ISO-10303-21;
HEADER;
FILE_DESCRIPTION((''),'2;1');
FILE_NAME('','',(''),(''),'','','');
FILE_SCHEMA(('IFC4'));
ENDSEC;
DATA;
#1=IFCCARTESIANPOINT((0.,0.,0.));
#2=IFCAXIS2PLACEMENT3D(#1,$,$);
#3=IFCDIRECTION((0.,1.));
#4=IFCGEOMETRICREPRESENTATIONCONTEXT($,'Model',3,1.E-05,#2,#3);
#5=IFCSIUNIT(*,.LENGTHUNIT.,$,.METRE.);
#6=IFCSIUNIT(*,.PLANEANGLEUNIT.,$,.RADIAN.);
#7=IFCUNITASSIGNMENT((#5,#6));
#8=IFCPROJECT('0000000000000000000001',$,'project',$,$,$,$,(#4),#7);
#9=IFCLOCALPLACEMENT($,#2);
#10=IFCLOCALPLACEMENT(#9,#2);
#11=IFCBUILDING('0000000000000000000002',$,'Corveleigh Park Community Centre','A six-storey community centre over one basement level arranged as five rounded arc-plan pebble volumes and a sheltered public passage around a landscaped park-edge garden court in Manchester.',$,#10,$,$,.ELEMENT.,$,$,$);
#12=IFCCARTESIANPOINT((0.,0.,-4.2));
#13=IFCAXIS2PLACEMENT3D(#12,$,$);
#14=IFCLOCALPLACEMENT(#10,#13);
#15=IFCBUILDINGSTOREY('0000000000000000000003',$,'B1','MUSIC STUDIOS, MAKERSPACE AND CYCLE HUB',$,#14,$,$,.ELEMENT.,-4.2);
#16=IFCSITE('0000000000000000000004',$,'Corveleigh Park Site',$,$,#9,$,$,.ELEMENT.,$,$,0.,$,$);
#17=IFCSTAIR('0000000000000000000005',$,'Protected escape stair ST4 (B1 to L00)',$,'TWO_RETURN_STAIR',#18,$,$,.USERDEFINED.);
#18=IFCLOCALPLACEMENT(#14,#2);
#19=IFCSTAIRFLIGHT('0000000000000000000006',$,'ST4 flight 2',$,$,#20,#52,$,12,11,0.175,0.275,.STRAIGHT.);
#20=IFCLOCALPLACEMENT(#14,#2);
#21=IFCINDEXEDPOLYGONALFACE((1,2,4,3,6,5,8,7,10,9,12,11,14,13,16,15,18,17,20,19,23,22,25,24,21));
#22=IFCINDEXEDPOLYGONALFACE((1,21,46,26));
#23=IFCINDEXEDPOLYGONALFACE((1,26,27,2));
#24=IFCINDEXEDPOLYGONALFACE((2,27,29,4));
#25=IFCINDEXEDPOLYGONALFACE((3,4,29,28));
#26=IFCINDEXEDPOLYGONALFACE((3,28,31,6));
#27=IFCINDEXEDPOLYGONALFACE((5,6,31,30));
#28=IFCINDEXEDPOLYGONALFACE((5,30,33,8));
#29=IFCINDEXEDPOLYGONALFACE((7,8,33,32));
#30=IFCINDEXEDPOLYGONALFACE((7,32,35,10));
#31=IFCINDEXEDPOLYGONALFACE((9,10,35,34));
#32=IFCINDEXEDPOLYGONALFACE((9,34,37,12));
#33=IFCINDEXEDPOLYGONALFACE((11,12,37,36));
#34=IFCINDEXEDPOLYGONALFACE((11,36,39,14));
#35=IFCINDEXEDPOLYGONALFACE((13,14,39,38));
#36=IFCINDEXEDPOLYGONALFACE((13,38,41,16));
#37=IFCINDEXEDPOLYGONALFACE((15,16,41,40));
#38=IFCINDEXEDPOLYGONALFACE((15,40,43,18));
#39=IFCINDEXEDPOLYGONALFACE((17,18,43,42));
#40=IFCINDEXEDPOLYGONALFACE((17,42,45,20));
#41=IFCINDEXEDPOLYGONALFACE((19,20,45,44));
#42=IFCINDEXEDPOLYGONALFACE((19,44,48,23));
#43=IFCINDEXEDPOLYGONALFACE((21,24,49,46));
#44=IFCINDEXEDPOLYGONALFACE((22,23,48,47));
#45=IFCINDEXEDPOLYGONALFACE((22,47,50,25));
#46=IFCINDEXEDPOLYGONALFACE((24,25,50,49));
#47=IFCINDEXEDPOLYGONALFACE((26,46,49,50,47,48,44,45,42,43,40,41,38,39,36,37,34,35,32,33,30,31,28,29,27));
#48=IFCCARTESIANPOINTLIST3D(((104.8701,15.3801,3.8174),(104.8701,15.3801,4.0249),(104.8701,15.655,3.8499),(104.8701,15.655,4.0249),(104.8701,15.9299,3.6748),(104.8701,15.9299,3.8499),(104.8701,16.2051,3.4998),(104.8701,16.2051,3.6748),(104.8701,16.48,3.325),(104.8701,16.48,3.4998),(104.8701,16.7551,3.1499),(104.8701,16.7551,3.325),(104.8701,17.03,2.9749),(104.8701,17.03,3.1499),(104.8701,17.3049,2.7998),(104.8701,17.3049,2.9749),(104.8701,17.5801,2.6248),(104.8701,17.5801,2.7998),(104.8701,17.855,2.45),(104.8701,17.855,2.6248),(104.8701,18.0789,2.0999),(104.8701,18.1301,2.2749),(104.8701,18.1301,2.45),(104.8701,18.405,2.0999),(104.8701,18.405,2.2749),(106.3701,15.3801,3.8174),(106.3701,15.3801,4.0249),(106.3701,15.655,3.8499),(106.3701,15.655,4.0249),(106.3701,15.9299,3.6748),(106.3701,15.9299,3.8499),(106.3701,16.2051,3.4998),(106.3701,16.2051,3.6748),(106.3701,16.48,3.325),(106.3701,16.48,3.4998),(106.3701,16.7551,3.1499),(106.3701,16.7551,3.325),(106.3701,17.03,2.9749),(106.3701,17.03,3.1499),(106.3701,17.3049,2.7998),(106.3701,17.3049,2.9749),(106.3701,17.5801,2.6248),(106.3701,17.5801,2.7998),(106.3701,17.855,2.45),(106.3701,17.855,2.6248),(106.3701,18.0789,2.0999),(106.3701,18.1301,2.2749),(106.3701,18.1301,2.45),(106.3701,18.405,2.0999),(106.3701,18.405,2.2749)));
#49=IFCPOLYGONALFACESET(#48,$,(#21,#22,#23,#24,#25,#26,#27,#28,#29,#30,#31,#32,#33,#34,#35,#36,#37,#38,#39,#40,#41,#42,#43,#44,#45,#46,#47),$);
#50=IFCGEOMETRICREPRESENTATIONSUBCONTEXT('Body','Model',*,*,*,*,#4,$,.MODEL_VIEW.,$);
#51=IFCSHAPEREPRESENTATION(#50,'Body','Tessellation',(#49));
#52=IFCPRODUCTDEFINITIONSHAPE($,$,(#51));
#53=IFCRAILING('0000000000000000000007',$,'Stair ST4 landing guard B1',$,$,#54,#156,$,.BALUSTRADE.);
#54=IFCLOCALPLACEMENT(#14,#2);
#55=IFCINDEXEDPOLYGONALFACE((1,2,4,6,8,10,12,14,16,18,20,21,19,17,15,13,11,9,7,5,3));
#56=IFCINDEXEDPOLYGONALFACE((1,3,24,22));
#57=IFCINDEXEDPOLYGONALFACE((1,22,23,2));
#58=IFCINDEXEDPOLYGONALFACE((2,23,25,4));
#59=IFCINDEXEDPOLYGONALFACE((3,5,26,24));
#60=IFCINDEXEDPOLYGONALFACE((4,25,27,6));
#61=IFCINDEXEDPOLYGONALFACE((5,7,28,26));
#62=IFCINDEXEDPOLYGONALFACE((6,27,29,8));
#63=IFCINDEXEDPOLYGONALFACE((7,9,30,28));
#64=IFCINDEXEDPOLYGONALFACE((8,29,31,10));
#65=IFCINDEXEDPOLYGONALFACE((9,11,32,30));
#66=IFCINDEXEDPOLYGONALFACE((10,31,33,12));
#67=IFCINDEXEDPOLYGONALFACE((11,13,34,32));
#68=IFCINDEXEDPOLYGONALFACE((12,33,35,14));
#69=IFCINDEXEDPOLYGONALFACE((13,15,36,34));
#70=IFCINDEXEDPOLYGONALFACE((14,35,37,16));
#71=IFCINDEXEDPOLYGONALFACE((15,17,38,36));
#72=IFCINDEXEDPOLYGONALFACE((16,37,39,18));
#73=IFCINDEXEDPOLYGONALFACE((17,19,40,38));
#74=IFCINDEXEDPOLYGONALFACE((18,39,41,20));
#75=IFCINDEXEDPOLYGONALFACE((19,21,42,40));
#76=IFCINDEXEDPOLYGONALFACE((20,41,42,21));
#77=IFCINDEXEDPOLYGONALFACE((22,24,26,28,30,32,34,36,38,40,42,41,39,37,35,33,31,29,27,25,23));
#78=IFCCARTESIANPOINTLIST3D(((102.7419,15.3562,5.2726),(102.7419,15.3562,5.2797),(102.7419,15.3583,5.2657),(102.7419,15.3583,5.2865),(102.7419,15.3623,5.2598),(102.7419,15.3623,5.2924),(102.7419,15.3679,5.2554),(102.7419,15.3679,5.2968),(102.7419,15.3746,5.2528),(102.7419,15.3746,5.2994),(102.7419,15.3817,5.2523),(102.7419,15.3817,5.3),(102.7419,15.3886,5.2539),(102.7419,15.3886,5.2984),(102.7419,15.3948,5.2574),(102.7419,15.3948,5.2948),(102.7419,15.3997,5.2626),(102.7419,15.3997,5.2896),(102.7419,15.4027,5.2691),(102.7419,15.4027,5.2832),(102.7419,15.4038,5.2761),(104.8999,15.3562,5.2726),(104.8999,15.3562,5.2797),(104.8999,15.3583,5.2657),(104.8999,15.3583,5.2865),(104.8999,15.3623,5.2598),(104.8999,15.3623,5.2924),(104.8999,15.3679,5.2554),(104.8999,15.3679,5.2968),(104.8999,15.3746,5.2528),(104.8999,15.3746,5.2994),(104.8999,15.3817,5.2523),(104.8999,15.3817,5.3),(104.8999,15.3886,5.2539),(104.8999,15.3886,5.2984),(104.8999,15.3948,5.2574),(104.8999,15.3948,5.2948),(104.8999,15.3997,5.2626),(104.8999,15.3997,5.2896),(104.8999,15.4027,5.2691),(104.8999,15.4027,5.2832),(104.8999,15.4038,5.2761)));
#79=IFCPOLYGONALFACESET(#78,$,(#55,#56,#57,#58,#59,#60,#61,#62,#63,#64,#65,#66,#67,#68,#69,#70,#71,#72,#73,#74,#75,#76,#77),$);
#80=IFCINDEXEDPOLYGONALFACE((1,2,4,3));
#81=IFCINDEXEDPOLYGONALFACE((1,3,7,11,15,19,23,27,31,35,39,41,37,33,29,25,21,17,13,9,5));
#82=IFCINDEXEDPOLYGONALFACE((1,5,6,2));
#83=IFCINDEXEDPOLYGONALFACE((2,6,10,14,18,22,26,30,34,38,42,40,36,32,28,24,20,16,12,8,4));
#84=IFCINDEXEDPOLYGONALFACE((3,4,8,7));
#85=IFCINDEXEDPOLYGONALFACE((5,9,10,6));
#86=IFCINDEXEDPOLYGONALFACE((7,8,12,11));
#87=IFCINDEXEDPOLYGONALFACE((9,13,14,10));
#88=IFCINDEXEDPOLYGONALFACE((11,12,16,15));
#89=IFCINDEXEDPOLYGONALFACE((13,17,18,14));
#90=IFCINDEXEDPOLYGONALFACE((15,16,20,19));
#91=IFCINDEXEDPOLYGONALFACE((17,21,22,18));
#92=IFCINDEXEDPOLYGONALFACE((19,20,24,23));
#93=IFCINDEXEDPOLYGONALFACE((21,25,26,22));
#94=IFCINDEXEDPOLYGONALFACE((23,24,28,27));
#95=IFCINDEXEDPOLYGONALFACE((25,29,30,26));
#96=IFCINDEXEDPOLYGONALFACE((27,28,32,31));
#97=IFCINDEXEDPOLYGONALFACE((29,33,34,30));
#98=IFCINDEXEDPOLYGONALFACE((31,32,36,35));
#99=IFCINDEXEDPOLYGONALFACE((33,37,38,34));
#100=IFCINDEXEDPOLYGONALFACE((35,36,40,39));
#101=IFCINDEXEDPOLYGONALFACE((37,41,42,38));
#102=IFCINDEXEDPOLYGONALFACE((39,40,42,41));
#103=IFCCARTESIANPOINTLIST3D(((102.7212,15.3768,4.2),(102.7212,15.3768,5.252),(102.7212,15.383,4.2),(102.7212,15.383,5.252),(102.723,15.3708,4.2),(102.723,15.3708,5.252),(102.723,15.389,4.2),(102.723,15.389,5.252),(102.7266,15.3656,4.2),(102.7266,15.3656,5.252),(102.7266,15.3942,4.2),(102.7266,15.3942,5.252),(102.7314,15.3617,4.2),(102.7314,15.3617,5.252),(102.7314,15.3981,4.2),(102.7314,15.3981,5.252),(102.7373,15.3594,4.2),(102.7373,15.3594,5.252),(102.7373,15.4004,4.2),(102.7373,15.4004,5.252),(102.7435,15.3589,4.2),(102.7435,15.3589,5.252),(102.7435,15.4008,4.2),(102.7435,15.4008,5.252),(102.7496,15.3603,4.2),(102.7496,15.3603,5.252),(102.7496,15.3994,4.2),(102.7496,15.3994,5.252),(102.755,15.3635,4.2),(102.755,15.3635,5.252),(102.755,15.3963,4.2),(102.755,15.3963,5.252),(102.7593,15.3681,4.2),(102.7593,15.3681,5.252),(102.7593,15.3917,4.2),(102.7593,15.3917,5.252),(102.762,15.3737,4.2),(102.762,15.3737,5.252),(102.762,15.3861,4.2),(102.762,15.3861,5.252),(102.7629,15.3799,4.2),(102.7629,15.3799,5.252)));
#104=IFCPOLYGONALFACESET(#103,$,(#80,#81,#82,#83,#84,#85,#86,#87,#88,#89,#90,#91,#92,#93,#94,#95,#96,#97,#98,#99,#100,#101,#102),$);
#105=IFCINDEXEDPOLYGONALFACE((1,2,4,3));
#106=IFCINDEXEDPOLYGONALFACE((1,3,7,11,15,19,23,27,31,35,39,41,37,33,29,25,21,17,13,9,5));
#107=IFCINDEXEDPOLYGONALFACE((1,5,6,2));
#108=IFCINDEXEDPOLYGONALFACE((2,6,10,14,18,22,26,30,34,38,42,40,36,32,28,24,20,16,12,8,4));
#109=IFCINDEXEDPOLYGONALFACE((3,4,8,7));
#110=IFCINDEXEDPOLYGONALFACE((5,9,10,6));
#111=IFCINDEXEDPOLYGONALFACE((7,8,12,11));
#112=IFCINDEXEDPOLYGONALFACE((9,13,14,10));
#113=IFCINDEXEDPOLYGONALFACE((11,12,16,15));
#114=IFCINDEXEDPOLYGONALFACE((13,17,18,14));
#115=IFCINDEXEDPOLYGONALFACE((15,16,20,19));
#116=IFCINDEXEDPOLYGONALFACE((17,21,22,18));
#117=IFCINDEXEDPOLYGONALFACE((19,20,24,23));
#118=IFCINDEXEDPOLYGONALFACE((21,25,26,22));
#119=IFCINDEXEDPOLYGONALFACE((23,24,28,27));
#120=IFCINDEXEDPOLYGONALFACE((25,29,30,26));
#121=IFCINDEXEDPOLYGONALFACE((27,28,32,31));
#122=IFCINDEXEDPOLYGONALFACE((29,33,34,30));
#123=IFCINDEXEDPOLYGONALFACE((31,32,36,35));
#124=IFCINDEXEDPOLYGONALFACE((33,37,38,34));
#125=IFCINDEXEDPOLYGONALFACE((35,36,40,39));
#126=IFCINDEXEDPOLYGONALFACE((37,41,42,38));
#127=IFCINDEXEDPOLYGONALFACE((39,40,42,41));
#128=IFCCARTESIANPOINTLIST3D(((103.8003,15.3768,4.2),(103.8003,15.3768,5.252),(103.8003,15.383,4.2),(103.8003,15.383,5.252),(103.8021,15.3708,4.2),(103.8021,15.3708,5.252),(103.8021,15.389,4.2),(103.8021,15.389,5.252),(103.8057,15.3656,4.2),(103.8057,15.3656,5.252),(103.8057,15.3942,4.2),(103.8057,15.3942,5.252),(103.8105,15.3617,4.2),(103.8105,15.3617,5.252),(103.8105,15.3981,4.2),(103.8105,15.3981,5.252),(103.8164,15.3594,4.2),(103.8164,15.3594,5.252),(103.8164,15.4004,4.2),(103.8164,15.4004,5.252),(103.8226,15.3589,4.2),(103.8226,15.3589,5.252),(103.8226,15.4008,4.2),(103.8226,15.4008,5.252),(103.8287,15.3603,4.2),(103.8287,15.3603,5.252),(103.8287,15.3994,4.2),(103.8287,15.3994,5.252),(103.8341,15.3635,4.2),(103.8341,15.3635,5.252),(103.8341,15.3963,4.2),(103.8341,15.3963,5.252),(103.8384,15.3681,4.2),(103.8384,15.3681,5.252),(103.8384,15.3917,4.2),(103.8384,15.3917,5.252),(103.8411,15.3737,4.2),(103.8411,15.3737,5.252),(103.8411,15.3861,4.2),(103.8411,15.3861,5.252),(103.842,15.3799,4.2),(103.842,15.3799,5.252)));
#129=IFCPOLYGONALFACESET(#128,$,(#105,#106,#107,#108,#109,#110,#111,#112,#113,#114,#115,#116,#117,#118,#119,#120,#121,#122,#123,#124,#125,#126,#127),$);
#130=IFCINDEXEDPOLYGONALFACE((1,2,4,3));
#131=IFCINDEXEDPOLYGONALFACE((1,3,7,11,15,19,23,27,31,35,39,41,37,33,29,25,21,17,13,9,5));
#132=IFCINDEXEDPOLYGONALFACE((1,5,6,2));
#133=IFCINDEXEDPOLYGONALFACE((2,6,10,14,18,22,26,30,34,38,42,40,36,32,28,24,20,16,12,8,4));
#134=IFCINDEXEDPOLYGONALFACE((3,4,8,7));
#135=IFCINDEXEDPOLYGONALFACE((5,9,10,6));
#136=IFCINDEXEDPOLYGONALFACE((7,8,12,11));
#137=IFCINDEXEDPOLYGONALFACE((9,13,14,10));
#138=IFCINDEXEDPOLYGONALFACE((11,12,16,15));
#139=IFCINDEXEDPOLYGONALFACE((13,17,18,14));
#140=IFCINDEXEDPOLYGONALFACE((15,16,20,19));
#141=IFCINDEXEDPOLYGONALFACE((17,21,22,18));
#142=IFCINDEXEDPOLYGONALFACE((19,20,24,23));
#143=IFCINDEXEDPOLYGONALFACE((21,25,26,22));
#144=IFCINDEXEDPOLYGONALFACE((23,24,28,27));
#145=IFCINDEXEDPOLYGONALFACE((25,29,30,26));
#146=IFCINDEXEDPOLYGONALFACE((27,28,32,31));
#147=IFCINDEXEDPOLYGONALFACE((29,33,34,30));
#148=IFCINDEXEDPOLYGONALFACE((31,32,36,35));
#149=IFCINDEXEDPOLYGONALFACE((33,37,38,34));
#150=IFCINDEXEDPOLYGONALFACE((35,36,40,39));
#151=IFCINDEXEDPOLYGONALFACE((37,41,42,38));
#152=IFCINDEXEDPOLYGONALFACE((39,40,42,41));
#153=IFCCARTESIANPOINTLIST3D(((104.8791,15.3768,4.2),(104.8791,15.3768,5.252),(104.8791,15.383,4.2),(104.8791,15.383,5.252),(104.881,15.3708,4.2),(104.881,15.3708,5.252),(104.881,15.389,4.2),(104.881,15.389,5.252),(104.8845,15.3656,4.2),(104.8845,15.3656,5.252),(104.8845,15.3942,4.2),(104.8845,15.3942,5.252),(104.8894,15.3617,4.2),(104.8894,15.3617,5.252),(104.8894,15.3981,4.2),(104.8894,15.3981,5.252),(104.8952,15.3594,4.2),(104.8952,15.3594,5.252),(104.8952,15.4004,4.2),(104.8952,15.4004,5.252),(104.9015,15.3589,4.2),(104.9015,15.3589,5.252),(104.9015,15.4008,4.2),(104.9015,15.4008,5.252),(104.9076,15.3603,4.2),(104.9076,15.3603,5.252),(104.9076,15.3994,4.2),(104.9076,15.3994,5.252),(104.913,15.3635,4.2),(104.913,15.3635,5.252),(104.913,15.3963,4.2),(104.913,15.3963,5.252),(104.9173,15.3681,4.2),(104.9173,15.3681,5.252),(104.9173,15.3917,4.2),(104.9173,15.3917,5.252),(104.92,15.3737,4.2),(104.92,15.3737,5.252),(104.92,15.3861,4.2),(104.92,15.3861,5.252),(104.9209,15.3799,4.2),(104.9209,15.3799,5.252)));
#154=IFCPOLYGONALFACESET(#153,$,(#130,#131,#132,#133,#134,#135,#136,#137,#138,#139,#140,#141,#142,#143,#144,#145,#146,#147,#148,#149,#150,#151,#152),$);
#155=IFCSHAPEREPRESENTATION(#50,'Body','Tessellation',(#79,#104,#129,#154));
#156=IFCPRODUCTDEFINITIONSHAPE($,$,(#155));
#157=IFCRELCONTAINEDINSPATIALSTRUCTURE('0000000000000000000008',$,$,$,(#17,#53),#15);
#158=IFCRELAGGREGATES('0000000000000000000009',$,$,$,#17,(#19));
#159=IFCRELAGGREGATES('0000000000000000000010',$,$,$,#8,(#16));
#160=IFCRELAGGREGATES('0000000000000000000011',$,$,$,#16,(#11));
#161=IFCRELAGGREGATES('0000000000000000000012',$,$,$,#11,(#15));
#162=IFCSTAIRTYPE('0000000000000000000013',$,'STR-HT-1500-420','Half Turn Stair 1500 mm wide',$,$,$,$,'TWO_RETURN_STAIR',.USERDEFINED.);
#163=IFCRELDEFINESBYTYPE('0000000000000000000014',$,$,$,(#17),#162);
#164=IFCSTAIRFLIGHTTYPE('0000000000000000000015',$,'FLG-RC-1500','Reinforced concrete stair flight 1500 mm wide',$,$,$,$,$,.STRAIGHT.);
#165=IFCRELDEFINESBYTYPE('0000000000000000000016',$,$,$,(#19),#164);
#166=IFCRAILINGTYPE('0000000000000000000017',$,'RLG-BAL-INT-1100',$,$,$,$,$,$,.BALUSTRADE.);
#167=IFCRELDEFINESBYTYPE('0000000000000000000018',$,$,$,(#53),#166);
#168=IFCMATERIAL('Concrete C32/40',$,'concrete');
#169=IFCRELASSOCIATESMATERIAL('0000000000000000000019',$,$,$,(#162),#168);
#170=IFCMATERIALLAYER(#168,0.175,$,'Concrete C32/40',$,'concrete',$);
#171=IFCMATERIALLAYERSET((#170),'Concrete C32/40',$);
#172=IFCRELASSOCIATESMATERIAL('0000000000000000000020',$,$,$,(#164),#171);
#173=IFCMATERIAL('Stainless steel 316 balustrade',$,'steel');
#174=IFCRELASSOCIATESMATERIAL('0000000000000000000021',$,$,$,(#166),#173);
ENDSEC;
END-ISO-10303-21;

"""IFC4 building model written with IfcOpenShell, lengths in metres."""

from ifc_helpers import new_model, si_unit, direction, frame, origin, origin_2d, place, context, subcontext, project, spatial, polyline, circle, outline, extrude, material, layer, layer_set, type_object, element, aggregate, save


model = new_model("IFC4")

# Units and contexts
model_context = context("Model", 3, precision=1e-05, world=origin(), true_north=direction((0.0, 1.0)))
body_context = subcontext(model_context, "Body", "Model", "MODEL_VIEW")
ifc_project = project(units=[si_unit("LENGTHUNIT", "METRE"), si_unit("PLANEANGLEUNIT", "RADIAN")], contexts=[model_context])

# Site, building, storey
site_placement = place(None, origin())
site = spatial("IfcSite", under=ifc_project, at=site_placement, Name="Corveleigh Park Site", CompositionType="ELEMENT", RefElevation=0.0)
building_placement = place(site_placement, origin())
building = spatial("IfcBuilding", under=site, at=building_placement, Name="Corveleigh Park Community Centre", Description="A six-storey community centre over one basement level arranged as five rounded arc-plan pebble volumes and a sheltered public passage around a landscaped park-edge garden court in Manchester.", CompositionType="ELEMENT")
storey_placement = place(building_placement, frame((0.0, 0.0, -4.2)))
storey = spatial("IfcBuildingStorey", under=building, at=storey_placement, Name="B1", Description="MUSIC STUDIOS, MAKERSPACE AND CYCLE HUB", CompositionType="ELEMENT", Elevation=-4.2)

# Shared definitions
ifc_material_1 = material(Name="Concrete C32/40", Category="concrete")

# Stair, stair flight
stair_type = type_object("IfcStairType", Name="STR-HT-1500-420", Description="Half Turn Stair 1500 mm wide", ElementType="TWO_RETURN_STAIR", PredefinedType="USERDEFINED", material=ifc_material_1)
stair_placement = place(storey_placement, origin())
stair = element("IfcStair", 1, at=stair_placement, inside=storey, type_object=stair_type, Name="Protected escape stair ST4 (B1 to L00)", ObjectType="TWO_RETURN_STAIR", PredefinedType="USERDEFINED")
ifc_layer_1 = layer(ifc_material_1, 0.175, Name="Concrete C32/40", Category="concrete")
ifc_layer_set_1 = layer_set([ifc_layer_1], Name="Concrete C32/40")
stair_flight_type = type_object("IfcStairFlightType", Name="FLG-RC-1500", Description="Reinforced concrete stair flight 1500 mm wide", PredefinedType="STRAIGHT", material=ifc_layer_set_1)
stair_flight_1_placement = place(storey_placement, frame((105.6201, 18.405, 2.0999), z_axis=(0.0, 0.0, 1.0), x_axis=(0.0, -1.0, 0.0)))
stair_flight_1 = element("IfcStairFlight", 2, at=stair_flight_1_placement, type_object=stair_flight_type, Name="ST4 flight 2", NumberOfRisers=12, NumberOfTreads=11, PredefinedType="STRAIGHT", RiserHeight=0.175, TreadLength=0.275, context=body_context, shape_type="SweptSolid", body=[
    extrude(outline(polyline([(0.0, 0.0), (0.0, 0.175), (0.2749, 0.175), (0.2749, 0.3501), (0.55, 0.3501), (0.55, 0.5249), (0.825, 0.5249), (0.825, 0.7), (1.1001, 0.7), (1.1001, 0.875), (1.375, 0.875), (1.375, 1.05), (1.6499, 1.05), (1.6499, 1.2251), (1.925, 1.2251), (1.925, 1.3999), (2.2, 1.3999), (2.2, 1.575), (2.4751, 1.575), (2.4751, 1.75), (2.75, 1.75), (2.75, 1.925), (3.0249, 1.925), (3.0249, 2.1001), (3.0249, 1.7175), (0.3262, 0.0), (0.0, 0.0)])), frame((0.0, 0.75, 0.0), z_axis=(0.0, -1.0, 0.0), x_axis=(1.0, 0.0, 0.0)), (0.0, 0.0, 1.0), 1.5),
])
aggregate(stair, [stair_flight_1])

# Railing
ifc_material_2 = material(Name="Stainless steel 316 balustrade", Category="steel")
railing_type = type_object("IfcRailingType", Name="RLG-BAL-INT-1100", PredefinedType="BALUSTRADE", material=ifc_material_2)
railing_1_placement = place(storey_placement, frame((102.7419, 15.3799, 4.2)))
element("IfcRailing", 3, at=railing_1_placement, inside=storey, type_object=railing_type, Name="Stair ST4 landing guard B1", PredefinedType="BALUSTRADE", context=body_context, shape_type="SweptSolid", body=[
    extrude(circle(Radius=0.0239, at=origin_2d()), frame((0.0, 0.0, 1.0762), z_axis=(1.0, 0.0, 0.0), x_axis=(0.0, 1.0, 0.0)), (0.0, 0.0, 1.0), 2.158),
    extrude(circle(Radius=0.021, at=origin_2d()), origin(), (0.0, 0.0, 1.0), 1.052),
    extrude(circle(Radius=0.021, at=origin_2d()), frame((1.0791, 0.0, 0.0)), (0.0, 0.0, 1.0), 1.052),
    extrude(circle(Radius=0.021, at=origin_2d()), frame((2.158, 0.0, 0.0)), (0.0, 0.0, 1.0), 1.052),
])

save(model, "model.ifc")
